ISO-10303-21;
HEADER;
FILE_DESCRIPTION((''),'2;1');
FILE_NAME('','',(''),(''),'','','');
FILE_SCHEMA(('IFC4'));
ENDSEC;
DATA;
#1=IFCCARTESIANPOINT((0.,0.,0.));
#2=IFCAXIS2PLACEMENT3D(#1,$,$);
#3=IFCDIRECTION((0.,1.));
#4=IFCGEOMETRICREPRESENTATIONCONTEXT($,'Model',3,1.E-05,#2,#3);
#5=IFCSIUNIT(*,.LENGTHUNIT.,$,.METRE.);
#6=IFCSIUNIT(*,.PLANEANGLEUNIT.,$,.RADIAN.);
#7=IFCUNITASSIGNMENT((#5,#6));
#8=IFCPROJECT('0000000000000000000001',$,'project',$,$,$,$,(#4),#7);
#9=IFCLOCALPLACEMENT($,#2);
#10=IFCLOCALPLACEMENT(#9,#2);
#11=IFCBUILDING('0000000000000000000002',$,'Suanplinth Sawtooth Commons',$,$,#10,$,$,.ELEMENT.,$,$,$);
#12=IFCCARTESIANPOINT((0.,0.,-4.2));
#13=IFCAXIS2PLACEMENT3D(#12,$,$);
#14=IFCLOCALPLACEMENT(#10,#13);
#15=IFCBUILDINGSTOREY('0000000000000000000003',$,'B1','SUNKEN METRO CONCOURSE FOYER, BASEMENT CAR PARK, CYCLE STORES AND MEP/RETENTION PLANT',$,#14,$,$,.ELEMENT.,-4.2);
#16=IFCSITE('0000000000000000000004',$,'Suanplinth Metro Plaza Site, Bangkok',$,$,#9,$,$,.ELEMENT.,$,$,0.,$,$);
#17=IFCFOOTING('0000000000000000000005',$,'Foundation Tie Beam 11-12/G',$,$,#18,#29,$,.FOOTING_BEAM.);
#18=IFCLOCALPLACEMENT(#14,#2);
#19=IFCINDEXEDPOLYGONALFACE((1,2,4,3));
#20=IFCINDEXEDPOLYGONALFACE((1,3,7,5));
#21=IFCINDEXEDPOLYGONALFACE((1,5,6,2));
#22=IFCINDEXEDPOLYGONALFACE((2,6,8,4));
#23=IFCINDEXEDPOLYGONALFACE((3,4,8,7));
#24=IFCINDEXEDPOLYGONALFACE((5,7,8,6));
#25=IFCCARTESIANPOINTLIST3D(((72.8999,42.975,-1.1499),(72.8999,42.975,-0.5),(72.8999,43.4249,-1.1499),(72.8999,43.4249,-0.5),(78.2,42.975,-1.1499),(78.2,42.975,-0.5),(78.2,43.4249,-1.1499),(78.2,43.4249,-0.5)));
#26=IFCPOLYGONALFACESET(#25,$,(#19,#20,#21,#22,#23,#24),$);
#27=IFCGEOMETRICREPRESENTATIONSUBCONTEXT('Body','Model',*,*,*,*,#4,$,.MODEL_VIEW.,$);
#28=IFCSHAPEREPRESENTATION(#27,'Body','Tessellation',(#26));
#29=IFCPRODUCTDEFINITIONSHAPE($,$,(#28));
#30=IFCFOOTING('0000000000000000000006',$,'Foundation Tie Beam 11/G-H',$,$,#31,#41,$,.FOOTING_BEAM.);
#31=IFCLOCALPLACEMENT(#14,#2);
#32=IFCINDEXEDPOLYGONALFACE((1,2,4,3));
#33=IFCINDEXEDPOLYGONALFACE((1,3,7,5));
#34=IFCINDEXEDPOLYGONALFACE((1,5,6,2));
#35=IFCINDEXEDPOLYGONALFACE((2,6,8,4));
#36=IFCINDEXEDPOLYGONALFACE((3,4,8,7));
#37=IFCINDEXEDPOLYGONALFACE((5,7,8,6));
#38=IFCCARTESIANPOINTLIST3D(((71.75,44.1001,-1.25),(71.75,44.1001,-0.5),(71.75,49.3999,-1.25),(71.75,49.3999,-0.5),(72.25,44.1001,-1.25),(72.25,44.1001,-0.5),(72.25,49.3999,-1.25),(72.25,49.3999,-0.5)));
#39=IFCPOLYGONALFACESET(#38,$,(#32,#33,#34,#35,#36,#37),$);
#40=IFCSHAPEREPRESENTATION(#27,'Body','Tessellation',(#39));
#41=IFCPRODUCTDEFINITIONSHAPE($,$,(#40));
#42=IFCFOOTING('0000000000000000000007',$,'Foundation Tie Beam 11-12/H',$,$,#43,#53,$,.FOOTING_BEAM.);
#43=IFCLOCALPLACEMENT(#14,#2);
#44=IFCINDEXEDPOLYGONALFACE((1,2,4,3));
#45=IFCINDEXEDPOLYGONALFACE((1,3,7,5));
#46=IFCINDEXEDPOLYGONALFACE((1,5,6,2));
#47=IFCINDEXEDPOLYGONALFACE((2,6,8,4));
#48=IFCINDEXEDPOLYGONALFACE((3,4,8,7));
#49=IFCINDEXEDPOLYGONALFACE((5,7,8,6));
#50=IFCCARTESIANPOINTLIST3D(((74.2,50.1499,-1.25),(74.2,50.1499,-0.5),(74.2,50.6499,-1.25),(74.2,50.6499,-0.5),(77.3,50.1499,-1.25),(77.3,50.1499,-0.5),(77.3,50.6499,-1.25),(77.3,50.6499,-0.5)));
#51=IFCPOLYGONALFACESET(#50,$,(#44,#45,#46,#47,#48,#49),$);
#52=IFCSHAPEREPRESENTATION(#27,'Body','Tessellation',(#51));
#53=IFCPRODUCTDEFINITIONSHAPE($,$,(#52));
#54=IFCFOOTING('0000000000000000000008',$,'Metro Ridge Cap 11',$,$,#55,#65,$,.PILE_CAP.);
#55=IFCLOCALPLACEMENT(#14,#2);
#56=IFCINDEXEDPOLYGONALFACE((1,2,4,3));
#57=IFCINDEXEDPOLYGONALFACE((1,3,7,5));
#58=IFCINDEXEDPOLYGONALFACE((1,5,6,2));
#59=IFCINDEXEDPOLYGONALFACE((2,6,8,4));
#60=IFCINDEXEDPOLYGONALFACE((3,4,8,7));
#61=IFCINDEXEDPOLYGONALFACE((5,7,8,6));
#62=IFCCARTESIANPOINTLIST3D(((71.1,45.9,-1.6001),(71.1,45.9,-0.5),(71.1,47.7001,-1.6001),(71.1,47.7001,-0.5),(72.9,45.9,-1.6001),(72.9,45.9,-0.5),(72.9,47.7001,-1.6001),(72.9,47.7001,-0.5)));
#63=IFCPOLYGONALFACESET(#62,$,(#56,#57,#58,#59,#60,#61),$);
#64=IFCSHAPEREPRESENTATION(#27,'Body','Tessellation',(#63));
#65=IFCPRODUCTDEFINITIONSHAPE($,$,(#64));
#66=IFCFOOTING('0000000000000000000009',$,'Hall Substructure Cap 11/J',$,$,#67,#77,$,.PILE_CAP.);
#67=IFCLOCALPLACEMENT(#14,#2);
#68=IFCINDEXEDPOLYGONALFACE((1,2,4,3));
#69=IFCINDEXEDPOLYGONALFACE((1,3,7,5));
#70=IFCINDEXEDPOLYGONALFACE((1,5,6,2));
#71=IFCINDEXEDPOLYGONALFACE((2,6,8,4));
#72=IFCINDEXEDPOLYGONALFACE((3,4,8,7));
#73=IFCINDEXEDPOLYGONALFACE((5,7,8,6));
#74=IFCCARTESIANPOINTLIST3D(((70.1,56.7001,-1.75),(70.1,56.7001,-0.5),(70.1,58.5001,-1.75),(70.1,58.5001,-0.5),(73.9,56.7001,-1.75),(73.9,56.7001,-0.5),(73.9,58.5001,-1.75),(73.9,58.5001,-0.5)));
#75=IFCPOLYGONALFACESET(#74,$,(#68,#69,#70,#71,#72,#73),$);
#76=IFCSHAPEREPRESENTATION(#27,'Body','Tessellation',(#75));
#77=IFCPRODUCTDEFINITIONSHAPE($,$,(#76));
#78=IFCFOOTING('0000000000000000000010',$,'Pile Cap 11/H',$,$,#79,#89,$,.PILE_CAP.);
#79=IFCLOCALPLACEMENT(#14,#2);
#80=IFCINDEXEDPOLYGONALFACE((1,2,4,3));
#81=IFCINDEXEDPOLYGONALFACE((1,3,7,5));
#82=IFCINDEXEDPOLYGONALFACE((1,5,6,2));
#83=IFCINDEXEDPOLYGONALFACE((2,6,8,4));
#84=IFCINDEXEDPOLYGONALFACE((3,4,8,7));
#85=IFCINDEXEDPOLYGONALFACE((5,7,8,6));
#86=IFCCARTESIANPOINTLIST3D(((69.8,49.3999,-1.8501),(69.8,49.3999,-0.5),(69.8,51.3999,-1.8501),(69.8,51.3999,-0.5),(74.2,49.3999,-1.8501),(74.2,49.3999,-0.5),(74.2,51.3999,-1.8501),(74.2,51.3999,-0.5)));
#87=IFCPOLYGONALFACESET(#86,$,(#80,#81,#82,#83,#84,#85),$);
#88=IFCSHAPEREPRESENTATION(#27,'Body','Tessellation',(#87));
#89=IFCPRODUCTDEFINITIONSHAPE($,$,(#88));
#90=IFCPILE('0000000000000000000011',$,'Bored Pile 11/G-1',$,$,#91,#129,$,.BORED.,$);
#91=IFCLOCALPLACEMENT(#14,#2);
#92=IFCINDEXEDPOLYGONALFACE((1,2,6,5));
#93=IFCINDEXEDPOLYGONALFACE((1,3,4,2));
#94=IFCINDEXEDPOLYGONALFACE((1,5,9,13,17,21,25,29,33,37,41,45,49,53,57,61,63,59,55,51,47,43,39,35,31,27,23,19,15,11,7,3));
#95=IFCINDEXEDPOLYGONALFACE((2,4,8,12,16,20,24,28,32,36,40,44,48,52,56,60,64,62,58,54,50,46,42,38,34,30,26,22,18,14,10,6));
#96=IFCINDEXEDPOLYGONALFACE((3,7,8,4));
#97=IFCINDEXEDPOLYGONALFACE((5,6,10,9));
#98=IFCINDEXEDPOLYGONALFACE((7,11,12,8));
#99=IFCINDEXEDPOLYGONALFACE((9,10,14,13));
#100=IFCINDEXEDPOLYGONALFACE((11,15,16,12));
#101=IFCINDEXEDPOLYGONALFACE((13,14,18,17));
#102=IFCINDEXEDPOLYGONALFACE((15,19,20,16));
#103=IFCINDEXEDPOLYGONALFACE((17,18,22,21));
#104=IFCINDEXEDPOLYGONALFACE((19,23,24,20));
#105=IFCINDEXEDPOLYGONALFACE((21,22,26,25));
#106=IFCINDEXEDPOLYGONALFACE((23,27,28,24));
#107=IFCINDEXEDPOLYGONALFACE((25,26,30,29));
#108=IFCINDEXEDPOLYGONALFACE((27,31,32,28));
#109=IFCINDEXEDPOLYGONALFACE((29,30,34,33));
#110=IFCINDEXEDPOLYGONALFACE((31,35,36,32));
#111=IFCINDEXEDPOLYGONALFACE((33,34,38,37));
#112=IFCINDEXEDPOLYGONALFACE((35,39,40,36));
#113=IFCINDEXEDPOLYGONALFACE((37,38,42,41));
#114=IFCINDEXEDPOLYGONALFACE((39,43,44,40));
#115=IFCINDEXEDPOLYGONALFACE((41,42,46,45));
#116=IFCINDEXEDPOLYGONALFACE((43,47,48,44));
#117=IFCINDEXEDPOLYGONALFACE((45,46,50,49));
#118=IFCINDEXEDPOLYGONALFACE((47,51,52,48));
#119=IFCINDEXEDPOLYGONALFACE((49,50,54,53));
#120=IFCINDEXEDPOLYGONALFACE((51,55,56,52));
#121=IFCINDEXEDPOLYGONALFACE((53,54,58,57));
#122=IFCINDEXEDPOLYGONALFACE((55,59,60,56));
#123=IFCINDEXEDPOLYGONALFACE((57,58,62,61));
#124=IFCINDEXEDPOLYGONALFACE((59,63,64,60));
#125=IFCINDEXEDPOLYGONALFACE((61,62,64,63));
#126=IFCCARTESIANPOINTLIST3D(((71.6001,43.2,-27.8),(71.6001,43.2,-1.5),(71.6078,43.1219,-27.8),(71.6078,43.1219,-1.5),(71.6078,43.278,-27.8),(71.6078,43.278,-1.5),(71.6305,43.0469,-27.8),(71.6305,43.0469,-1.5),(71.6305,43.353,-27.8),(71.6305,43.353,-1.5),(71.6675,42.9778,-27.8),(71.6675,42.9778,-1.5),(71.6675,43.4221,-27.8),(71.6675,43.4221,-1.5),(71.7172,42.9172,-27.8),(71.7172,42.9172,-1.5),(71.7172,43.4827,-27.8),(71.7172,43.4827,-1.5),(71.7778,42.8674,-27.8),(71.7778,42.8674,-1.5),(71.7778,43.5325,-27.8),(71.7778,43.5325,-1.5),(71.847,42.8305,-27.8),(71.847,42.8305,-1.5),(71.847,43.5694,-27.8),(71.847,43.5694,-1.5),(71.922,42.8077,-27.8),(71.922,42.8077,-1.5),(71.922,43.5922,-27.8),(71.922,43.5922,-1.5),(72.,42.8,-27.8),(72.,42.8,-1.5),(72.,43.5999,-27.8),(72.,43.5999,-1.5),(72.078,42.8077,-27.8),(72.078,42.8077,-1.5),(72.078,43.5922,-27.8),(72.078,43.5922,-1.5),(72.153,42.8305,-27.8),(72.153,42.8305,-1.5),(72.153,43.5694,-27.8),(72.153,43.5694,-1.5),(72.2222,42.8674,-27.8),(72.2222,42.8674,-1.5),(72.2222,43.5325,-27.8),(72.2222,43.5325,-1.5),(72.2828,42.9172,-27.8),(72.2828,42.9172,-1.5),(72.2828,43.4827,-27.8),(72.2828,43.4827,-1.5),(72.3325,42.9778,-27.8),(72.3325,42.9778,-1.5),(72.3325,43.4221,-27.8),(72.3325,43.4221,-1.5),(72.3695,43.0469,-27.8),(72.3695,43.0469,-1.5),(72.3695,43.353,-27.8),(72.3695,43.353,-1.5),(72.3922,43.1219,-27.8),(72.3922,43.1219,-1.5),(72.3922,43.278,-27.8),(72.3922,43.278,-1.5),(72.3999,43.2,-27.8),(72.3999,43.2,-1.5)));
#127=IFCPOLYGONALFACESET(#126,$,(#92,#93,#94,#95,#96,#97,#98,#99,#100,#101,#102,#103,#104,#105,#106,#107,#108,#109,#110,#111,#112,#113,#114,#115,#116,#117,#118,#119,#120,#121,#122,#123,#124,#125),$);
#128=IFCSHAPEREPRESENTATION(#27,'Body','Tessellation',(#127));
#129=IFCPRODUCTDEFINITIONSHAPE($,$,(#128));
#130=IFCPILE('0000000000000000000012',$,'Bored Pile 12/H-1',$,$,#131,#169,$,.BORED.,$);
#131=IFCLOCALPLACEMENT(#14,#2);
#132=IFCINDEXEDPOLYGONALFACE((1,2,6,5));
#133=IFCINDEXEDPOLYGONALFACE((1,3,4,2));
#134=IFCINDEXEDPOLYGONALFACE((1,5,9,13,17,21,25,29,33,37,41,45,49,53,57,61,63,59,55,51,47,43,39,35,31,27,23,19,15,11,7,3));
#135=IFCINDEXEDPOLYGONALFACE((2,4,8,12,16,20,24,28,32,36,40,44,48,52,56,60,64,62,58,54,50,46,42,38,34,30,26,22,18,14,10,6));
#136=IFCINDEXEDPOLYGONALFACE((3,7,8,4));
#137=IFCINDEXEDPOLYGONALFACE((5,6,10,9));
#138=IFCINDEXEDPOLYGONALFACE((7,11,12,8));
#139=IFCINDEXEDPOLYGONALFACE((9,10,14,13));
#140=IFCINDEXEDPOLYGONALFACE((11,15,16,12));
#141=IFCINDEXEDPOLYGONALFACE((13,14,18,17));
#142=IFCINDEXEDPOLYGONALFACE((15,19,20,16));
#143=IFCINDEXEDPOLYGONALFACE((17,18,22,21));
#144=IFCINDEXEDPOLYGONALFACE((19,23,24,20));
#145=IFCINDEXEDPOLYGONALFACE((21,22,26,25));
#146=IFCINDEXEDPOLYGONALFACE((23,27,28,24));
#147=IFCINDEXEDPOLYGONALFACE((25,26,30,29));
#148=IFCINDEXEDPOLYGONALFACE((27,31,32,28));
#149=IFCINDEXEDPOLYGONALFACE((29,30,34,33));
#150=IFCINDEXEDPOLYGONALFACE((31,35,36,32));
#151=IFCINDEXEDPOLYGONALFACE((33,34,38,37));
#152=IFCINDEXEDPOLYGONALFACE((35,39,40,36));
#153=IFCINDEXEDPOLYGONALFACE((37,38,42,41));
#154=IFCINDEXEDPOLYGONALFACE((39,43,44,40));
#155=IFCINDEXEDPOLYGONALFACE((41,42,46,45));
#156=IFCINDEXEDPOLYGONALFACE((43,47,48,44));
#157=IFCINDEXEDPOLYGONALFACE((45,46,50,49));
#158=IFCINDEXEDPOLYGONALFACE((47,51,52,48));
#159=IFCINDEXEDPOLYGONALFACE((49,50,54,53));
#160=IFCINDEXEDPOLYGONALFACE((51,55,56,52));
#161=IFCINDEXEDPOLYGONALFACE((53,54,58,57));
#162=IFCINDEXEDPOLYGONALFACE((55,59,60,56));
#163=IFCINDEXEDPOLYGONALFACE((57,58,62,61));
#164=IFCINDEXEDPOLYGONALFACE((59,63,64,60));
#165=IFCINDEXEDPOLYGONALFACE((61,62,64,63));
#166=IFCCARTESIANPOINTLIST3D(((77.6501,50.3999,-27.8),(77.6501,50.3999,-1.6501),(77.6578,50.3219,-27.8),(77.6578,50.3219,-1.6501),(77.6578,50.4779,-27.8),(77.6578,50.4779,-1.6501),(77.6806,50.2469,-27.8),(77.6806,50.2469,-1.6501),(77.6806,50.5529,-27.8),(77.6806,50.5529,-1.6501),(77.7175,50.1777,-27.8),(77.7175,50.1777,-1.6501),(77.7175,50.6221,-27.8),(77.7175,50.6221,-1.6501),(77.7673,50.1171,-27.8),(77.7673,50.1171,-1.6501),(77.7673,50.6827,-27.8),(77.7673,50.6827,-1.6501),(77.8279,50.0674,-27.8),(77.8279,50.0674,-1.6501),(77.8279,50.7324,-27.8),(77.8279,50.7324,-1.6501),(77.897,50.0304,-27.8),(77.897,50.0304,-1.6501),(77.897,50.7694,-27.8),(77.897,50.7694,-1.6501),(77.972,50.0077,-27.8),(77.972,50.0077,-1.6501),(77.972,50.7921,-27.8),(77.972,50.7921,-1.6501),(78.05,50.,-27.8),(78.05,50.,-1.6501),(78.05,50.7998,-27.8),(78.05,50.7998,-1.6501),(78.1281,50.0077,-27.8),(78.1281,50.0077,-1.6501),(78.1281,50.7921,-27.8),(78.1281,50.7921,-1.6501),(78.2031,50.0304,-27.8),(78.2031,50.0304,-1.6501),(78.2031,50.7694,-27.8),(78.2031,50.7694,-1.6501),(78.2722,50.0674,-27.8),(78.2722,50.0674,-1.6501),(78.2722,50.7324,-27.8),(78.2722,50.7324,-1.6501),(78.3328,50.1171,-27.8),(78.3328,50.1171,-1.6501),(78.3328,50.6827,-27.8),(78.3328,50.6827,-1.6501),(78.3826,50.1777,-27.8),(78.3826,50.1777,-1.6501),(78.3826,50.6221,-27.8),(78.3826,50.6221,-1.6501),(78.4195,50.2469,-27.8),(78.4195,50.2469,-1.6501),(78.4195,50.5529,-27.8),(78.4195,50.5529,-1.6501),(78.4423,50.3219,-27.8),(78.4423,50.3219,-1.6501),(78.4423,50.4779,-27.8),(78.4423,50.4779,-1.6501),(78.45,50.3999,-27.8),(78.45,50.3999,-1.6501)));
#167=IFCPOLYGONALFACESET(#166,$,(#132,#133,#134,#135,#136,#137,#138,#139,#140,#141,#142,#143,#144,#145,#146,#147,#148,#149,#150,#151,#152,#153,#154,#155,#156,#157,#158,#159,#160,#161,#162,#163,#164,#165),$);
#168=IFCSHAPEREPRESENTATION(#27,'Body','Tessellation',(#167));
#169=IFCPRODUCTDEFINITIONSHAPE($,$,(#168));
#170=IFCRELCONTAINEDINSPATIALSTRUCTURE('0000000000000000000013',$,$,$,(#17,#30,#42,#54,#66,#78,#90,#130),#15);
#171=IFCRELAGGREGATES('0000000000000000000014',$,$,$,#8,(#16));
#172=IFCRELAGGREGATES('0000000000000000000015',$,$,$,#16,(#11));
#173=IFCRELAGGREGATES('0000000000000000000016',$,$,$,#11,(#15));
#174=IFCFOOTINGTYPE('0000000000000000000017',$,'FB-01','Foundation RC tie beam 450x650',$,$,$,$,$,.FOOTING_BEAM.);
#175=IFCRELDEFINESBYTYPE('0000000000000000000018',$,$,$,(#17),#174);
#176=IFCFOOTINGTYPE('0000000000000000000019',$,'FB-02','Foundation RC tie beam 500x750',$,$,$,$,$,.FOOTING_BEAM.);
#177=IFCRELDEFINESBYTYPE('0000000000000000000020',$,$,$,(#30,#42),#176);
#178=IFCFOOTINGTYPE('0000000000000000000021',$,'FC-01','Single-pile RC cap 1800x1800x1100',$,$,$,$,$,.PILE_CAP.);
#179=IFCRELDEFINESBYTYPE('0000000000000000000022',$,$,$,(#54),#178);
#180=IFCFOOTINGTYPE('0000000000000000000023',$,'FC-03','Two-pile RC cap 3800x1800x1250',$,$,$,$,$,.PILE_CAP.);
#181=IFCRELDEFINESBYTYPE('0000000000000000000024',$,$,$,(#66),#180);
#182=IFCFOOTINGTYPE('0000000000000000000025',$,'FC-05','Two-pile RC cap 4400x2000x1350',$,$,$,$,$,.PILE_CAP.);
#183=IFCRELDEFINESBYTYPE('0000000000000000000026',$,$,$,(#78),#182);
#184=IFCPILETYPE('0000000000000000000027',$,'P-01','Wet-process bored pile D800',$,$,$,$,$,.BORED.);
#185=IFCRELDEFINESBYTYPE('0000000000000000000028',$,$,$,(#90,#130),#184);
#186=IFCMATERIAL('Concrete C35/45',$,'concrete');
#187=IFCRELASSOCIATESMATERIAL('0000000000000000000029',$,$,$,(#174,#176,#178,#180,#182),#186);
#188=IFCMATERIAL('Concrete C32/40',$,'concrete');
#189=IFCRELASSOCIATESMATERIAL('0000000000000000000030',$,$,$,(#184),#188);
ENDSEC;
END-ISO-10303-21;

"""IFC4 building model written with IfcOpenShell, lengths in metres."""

from ifc_helpers import new_model, si_unit, direction, frame, origin, origin_2d, place, context, subcontext, project, spatial, rectangle, circle, extrude, material, material_profile, profile_set, type_object, element, save


model = new_model("IFC4")

# Units and contexts
model_context = context("Model", 3, precision=1e-05, world=origin(), true_north=direction((0.0, 1.0)))
body_context = subcontext(model_context, "Body", "Model", "MODEL_VIEW")
ifc_project = project(units=[si_unit("LENGTHUNIT", "METRE"), si_unit("PLANEANGLEUNIT", "RADIAN")], contexts=[model_context])

# Site, building, storey
site_placement = place(None, origin())
site = spatial("IfcSite", under=ifc_project, at=site_placement, Name="Suanplinth Metro Plaza Site, Bangkok", CompositionType="ELEMENT", RefElevation=0.0)
building_placement = place(site_placement, origin())
building = spatial("IfcBuilding", under=site, at=building_placement, Name="Suanplinth Sawtooth Commons", CompositionType="ELEMENT")
storey_placement = place(building_placement, frame((0.0, 0.0, -4.2)))
storey = spatial("IfcBuildingStorey", under=building, at=storey_placement, Name="B1", Description="SUNKEN METRO CONCOURSE FOYER, BASEMENT CAR PARK, CYCLE STORES AND MEP/RETENTION PLANT", CompositionType="ELEMENT", Elevation=-4.2)

# Footings
ifc_material_1 = material(Name="Concrete C35/45", Category="concrete")
ifc_material_profile_1 = material_profile(ifc_material_1, rectangle(XDim=0.45, YDim=0.6499, at=origin_2d()), Name="PC-GDR 450x650")
ifc_profile_set_1 = profile_set([ifc_material_profile_1], Name="Concrete C35/45")
footing_type_1 = type_object("IfcFootingType", Name="FB-01", Description="Foundation RC tie beam 450x650", PredefinedType="FOOTING_BEAM", material=ifc_profile_set_1)
footing_1_placement = place(storey_placement, frame((72.8999, 43.2, -0.825), z_axis=(1.0, 0.0, 0.0), x_axis=(0.0, 1.0, 0.0)))
element("IfcFooting", 1, at=footing_1_placement, inside=storey, type_object=footing_type_1, Name="Foundation Tie Beam 11-12/G", PredefinedType="FOOTING_BEAM", context=body_context, shape_type="SweptSolid", body=[
    extrude(rectangle(XDim=0.45, YDim=0.6499, at=origin_2d()), origin(), (0.0, 0.0, 1.0), 5.3),
])
ifc_material_profile_2 = material_profile(ifc_material_1, rectangle(XDim=0.5, YDim=0.75, at=origin_2d()), Name="RC-GDR 500x750")
ifc_profile_set_2 = profile_set([ifc_material_profile_2], Name="Concrete C35/45")
footing_type_2 = type_object("IfcFootingType", Name="FB-02", Description="Foundation RC tie beam 500x750", PredefinedType="FOOTING_BEAM", material=ifc_profile_set_2)
footing_2_placement = place(storey_placement, frame((72.0, 44.1001, -0.875), z_axis=(0.0, 1.0, 0.0), x_axis=(-1.0, 0.0, 0.0)))
element("IfcFooting", 2, at=footing_2_placement, inside=storey, type_object=footing_type_2, Name="Foundation Tie Beam 11/G-H", PredefinedType="FOOTING_BEAM", context=body_context, shape_type="SweptSolid", body=[
    extrude(rectangle(XDim=0.5, YDim=0.75, at=origin_2d()), origin(), (0.0, 0.0, 1.0), 5.2998),
])
footing_3_placement = place(storey_placement, frame((74.2, 50.3999, -0.875), z_axis=(1.0, 0.0, 0.0), x_axis=(0.0, 1.0, 0.0)))
element("IfcFooting", 3, at=footing_3_placement, inside=storey, type_object=footing_type_2, Name="Foundation Tie Beam 11-12/H", PredefinedType="FOOTING_BEAM", context=body_context, shape_type="SweptSolid", body=[
    extrude(rectangle(XDim=0.5, YDim=0.75, at=origin_2d()), origin(), (0.0, 0.0, 1.0), 3.1001),
])
footing_type_3 = type_object("IfcFootingType", Name="FC-01", Description="Single-pile RC cap 1800x1800x1100", PredefinedType="PILE_CAP", material=ifc_material_1)
footing_4_placement = place(storey_placement, frame((72.0, 46.8, -1.6001), z_axis=(0.0, 0.0, 1.0), x_axis=(1.0, 0.0, 0.0)))
element("IfcFooting", 4, at=footing_4_placement, inside=storey, type_object=footing_type_3, Name="Metro Ridge Cap 11", PredefinedType="PILE_CAP", context=body_context, shape_type="SweptSolid", body=[
    extrude(rectangle(XDim=1.8, YDim=1.8, at=origin_2d()), origin(), (0.0, 0.0, 1.0), 1.1001),
])
footing_type_4 = type_object("IfcFootingType", Name="FC-03", Description="Two-pile RC cap 3800x1800x1250", PredefinedType="PILE_CAP", material=ifc_material_1)
footing_5_placement = place(storey_placement, frame((72.0, 57.6001, -1.75), z_axis=(0.0, 0.0, 1.0), x_axis=(1.0, 0.0, 0.0)))
element("IfcFooting", 5, at=footing_5_placement, inside=storey, type_object=footing_type_4, Name="Hall Substructure Cap 11/J", PredefinedType="PILE_CAP", context=body_context, shape_type="SweptSolid", body=[
    extrude(rectangle(XDim=3.8, YDim=1.8, at=origin_2d()), origin(), (0.0, 0.0, 1.0), 1.25),
])
footing_type_5 = type_object("IfcFootingType", Name="FC-05", Description="Two-pile RC cap 4400x2000x1350", PredefinedType="PILE_CAP", material=ifc_material_1)
footing_6_placement = place(storey_placement, frame((72.0, 50.3999, -1.8501), z_axis=(0.0, 0.0, 1.0), x_axis=(1.0, 0.0, 0.0)))
element("IfcFooting", 6, at=footing_6_placement, inside=storey, type_object=footing_type_5, Name="Pile Cap 11/H", PredefinedType="PILE_CAP", context=body_context, shape_type="SweptSolid", body=[
    extrude(rectangle(XDim=4.3999, YDim=2.0, at=origin_2d()), origin(), (0.0, 0.0, 1.0), 1.3501),
])

# Piles
ifc_material_2 = material(Name="Concrete C32/40", Category="concrete")
ifc_material_profile_3 = material_profile(ifc_material_2, circle(Radius=0.3999, at=origin_2d()), Name="PILE D800")
ifc_profile_set_3 = profile_set([ifc_material_profile_3], Name="Concrete C32/40")
pile_type_1 = type_object("IfcPileType", Name="P-01", Description="Wet-process bored pile D800", PredefinedType="BORED", material=ifc_profile_set_3)
pile_1_placement = place(storey_placement, frame((72.0, 43.2, -1.5), z_axis=(0.0, 0.0, -1.0), x_axis=(1.0, 0.0, 0.0)))
element("IfcPile", 7, at=pile_1_placement, inside=storey, type_object=pile_type_1, Name="Bored Pile 11/G-1", PredefinedType="BORED", context=body_context, shape_type="SweptSolid", body=[
    extrude(circle(Radius=0.3999, at=origin_2d()), origin(), (0.0, 0.0, 1.0), 26.3),
])
for number, where, z_axis, x_axis, name in (
    (8, (78.05, 50.3999, -1.6501), (0.0, 0.0, -1.0), (1.0, 0.0, 0.0), "Bored Pile 12/H-1"),
):
    element("IfcPile", number, at=place(storey_placement, frame(where, z_axis=z_axis, x_axis=x_axis)), inside=storey, type_object=pile_type_1, Name=name, PredefinedType="BORED", context=body_context, shape_type="SweptSolid", body=[
        extrude(circle(Radius=0.3999, at=origin_2d()), origin(), (0.0, 0.0, 1.0), 26.1499),
    ])

save(model, "model.ifc")
